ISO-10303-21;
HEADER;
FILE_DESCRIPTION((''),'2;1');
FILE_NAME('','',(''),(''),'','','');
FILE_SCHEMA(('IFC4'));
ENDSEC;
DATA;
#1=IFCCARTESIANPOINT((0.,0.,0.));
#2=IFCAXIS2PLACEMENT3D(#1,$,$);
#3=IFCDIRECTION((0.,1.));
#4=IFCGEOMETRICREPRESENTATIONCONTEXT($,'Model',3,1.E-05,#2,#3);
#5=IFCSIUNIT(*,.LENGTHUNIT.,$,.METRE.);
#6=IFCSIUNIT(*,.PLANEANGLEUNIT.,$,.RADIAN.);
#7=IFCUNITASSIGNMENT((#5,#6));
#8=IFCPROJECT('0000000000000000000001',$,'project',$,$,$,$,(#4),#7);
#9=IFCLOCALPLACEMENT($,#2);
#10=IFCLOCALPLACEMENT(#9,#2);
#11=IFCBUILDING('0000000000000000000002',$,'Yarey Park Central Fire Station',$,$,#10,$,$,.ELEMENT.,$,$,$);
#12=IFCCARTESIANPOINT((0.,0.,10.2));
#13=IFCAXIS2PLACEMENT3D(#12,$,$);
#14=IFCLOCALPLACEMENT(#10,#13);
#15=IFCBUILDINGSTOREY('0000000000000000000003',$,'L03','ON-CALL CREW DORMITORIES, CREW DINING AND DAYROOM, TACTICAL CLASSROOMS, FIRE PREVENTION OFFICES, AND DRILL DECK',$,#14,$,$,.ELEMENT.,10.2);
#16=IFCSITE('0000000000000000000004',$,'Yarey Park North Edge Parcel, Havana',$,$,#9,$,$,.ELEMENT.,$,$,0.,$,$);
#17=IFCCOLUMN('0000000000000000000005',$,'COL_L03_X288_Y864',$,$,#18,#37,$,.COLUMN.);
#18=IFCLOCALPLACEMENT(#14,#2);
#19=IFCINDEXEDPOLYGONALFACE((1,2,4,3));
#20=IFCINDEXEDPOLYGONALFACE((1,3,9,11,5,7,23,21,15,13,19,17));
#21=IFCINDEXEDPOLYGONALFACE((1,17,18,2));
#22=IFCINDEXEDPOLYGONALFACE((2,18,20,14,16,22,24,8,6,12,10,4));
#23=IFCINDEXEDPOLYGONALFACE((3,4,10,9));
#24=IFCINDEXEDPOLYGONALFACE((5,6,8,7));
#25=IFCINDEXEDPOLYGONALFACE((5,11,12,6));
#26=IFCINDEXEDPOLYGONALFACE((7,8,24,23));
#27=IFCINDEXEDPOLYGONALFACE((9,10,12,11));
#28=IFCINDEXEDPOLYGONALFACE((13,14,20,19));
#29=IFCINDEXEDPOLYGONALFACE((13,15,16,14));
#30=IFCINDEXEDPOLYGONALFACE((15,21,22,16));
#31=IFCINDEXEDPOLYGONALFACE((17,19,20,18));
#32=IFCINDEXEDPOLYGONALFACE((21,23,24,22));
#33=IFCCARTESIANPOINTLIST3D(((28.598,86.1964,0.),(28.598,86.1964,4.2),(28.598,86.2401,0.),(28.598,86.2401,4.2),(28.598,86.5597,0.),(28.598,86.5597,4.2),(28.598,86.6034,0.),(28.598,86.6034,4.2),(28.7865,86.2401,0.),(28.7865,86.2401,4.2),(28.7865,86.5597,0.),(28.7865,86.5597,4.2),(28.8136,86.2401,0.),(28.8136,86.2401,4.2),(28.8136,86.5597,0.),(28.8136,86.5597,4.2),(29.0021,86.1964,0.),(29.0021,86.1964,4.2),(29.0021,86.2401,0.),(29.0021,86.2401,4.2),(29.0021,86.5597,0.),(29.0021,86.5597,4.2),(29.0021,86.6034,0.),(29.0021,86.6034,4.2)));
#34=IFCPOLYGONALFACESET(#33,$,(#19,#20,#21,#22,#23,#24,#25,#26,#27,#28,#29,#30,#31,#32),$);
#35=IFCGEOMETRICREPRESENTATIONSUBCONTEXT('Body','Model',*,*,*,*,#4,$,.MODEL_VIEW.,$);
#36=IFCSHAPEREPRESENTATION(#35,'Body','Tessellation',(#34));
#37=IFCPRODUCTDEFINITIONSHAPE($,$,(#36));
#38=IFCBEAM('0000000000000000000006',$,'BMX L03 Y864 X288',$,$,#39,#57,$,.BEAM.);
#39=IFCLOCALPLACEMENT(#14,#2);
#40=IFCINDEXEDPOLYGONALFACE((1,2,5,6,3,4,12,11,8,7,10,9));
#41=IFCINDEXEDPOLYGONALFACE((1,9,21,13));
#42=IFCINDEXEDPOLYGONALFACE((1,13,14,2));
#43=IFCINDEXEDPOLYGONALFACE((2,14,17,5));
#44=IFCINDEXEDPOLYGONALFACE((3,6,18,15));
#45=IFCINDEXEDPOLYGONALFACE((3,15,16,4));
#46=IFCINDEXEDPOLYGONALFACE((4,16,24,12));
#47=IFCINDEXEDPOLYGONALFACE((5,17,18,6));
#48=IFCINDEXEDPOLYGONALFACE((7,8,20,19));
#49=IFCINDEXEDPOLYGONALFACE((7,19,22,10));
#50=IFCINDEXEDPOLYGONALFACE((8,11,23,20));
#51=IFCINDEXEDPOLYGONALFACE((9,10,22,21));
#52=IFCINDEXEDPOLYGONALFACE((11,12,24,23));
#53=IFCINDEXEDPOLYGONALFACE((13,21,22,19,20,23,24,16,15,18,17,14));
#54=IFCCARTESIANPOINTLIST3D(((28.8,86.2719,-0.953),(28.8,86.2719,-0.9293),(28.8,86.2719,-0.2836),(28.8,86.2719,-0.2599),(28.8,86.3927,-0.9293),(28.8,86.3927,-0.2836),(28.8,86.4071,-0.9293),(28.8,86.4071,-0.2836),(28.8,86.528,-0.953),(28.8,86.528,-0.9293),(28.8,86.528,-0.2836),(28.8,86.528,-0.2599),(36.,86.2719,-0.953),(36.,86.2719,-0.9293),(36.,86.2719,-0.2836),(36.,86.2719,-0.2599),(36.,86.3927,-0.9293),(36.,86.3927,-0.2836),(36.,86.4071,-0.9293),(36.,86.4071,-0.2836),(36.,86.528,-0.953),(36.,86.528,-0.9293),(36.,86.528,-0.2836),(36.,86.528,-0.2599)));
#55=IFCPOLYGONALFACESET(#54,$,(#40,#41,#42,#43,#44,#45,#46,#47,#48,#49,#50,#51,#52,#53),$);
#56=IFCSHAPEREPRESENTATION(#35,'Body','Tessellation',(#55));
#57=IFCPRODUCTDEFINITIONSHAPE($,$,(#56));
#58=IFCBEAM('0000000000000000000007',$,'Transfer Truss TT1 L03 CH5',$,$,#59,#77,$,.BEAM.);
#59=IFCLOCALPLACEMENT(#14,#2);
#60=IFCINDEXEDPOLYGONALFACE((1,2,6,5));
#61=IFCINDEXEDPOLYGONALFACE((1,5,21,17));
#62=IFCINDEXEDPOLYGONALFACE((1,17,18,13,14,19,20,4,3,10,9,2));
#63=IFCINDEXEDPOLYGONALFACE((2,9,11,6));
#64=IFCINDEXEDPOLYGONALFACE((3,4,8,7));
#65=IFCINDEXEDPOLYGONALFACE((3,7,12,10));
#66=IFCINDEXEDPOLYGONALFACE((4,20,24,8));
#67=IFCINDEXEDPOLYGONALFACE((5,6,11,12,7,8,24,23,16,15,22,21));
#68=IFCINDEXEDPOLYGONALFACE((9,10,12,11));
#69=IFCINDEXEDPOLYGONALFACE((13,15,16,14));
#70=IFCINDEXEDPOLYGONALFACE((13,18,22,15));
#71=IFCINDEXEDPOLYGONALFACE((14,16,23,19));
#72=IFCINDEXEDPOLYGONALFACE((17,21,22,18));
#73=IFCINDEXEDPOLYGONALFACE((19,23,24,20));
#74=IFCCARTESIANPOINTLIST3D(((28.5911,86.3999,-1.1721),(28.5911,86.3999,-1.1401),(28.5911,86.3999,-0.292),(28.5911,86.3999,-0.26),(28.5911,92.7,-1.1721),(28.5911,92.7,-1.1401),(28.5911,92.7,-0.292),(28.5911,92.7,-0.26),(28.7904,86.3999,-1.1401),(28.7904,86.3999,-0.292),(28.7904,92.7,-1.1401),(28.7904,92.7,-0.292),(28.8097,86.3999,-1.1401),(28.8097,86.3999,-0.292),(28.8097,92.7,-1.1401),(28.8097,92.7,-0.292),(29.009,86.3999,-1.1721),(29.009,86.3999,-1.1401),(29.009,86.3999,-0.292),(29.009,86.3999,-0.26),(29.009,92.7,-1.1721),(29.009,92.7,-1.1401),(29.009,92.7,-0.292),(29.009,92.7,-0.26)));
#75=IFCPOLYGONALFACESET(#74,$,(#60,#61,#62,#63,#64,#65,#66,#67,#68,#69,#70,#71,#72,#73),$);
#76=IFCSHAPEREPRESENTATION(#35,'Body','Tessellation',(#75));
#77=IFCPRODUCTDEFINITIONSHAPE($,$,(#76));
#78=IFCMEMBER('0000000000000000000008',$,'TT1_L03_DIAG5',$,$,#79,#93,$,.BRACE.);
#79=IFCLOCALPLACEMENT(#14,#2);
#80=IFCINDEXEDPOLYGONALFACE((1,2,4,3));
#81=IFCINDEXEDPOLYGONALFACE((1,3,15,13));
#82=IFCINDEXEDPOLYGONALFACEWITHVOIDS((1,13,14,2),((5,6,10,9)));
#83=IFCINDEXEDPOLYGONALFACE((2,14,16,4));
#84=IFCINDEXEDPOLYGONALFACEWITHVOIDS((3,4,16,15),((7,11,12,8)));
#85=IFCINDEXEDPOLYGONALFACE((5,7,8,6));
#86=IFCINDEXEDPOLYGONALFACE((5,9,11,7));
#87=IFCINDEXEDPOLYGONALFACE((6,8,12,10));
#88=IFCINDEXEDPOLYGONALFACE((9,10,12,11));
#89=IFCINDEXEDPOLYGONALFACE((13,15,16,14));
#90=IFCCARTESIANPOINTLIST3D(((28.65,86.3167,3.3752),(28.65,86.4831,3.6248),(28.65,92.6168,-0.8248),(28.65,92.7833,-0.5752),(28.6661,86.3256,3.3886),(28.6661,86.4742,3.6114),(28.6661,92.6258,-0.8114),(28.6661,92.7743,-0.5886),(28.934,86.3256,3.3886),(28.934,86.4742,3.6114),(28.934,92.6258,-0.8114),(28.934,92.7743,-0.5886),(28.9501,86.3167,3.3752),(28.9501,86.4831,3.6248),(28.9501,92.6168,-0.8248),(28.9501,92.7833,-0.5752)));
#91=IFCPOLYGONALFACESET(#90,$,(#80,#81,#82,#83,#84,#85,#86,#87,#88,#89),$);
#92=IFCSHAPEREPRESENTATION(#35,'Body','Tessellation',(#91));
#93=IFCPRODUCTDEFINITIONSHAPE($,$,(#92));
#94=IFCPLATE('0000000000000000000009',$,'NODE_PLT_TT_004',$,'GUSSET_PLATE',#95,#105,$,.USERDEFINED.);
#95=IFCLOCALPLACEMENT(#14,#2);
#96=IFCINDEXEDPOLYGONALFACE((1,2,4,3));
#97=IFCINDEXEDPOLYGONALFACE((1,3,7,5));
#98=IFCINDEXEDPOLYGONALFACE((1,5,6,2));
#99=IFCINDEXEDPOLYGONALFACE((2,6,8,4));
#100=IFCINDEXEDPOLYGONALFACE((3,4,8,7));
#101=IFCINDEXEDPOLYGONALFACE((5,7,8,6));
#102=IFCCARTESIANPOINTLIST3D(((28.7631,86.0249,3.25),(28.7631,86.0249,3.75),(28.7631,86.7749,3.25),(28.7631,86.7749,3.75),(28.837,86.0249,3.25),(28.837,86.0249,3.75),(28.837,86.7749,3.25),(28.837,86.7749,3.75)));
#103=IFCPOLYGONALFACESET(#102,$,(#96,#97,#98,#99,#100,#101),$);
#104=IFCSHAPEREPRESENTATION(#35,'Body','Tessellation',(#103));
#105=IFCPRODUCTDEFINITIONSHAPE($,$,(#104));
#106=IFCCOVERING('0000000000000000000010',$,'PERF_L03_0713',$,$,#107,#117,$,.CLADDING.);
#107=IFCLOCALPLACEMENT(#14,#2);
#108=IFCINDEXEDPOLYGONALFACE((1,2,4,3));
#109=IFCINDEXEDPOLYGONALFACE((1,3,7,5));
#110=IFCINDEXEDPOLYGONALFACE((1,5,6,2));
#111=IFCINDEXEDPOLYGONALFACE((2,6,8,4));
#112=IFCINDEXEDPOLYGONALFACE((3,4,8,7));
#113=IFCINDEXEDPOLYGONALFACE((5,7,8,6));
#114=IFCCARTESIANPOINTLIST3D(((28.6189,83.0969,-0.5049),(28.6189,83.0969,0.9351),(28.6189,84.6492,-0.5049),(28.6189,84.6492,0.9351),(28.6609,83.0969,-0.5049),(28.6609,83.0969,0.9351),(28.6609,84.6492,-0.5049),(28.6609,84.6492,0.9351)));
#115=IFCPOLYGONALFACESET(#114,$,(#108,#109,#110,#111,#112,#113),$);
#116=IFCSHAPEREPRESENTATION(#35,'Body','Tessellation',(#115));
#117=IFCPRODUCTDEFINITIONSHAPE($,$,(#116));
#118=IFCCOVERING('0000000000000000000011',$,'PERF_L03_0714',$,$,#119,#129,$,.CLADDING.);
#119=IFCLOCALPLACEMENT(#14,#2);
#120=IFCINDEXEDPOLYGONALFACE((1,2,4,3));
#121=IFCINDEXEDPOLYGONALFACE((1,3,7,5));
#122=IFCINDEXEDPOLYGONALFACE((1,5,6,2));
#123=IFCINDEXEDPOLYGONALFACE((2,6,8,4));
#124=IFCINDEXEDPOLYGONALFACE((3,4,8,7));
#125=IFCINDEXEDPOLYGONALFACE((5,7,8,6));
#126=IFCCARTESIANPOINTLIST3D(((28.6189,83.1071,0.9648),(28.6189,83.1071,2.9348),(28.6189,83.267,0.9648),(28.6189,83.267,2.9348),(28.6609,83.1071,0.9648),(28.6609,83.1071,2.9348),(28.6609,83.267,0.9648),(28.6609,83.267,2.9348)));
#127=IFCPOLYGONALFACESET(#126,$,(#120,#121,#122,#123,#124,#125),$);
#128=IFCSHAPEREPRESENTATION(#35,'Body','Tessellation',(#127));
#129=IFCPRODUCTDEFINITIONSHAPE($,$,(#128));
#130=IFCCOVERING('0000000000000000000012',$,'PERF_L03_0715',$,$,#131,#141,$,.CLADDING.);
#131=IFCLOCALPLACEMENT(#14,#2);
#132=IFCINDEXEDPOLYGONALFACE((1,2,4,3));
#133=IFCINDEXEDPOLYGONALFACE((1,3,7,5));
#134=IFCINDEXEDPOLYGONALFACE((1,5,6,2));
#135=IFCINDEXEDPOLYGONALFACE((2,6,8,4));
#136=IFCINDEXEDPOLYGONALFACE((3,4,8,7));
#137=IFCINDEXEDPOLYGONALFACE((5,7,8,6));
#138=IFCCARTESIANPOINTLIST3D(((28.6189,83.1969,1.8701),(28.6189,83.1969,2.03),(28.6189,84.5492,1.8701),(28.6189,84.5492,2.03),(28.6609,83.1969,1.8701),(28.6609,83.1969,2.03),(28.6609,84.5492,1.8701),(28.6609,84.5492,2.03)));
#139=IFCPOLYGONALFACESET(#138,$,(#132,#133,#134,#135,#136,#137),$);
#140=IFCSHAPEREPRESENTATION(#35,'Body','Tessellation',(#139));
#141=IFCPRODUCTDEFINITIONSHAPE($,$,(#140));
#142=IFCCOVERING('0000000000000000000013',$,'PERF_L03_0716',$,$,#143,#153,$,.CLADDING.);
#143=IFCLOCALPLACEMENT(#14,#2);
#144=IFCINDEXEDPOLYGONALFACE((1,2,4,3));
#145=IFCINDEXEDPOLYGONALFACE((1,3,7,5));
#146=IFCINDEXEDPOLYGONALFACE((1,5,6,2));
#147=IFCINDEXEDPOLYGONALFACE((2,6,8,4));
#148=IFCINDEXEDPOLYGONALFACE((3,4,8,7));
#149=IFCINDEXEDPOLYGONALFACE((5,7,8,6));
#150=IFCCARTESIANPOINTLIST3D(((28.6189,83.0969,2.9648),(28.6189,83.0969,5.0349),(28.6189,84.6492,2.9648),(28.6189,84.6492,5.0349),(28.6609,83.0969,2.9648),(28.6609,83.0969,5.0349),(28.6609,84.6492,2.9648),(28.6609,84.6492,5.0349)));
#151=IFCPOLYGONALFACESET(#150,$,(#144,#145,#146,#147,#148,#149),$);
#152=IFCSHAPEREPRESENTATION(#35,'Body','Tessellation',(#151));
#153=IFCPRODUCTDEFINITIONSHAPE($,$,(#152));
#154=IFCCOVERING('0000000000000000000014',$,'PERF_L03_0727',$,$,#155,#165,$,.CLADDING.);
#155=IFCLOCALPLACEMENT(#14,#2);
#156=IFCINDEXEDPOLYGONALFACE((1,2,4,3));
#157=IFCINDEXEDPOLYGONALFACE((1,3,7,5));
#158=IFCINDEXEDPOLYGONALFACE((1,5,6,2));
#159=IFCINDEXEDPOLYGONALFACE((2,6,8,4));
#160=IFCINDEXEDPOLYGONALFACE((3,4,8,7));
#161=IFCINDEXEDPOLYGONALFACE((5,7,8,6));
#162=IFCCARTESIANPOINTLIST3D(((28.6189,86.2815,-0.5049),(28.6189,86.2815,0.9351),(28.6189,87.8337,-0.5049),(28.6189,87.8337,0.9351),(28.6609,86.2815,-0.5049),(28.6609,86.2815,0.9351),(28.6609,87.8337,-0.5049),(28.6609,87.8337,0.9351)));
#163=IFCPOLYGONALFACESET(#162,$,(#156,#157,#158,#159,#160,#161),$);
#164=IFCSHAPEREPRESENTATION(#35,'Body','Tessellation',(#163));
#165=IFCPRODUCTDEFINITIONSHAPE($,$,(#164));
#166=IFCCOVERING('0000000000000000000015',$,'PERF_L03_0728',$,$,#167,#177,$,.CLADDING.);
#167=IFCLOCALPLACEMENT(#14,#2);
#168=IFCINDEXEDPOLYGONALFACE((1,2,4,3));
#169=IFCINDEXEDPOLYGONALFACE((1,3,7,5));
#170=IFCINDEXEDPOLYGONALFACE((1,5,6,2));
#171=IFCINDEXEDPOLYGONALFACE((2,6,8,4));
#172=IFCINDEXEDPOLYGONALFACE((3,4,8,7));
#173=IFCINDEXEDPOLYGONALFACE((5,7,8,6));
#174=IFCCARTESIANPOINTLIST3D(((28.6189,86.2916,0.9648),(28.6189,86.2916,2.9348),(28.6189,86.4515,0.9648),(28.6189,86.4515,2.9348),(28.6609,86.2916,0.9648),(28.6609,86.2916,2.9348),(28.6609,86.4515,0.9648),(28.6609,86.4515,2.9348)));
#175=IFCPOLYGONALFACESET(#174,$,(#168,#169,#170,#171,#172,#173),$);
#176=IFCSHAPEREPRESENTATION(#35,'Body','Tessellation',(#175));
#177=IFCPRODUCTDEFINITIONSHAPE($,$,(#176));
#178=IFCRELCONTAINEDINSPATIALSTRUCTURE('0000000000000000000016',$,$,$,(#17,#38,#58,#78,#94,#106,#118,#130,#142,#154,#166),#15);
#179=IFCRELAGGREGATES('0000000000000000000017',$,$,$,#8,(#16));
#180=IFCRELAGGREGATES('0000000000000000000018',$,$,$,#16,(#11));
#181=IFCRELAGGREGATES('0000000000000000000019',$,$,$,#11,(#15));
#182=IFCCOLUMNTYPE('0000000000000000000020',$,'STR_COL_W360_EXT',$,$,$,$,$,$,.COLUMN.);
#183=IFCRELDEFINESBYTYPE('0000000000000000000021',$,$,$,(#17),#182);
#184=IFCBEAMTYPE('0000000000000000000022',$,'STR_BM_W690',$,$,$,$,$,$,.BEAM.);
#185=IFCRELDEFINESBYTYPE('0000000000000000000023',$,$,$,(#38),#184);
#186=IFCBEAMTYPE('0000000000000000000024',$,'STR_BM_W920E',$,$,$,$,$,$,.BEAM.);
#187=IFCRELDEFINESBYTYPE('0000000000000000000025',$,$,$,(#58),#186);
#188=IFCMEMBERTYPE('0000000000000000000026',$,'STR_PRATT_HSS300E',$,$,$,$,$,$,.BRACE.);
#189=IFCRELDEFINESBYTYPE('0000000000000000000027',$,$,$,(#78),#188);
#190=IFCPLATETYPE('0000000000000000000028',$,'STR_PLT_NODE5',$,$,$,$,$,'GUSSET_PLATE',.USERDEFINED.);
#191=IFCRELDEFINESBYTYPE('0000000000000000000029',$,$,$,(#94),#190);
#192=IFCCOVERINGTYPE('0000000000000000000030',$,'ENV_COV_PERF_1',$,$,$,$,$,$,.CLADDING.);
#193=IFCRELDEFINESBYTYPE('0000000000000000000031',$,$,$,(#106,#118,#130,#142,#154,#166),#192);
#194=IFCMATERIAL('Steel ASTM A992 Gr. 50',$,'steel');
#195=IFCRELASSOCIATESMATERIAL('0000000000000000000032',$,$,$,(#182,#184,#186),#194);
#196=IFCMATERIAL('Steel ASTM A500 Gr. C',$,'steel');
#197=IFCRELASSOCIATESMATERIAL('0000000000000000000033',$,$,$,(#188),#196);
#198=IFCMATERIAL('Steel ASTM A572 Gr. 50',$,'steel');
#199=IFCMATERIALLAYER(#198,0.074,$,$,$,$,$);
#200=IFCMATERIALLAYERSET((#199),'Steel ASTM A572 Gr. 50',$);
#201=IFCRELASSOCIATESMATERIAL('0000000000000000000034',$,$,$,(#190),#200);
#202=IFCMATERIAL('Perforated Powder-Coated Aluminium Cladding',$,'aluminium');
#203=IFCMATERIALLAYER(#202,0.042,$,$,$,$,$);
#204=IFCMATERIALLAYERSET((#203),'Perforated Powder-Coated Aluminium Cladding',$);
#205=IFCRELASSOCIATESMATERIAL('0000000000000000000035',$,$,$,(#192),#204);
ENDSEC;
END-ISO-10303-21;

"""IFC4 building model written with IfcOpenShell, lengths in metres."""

from ifc_helpers import new_model, si_unit, direction, frame, origin, origin_2d, place, context, subcontext, project, spatial, rectangle, hollow_rectangle, i_section, extrude, material, layer, layer_set, material_profile, profile_set, type_object, element, save


model = new_model("IFC4")

# Units and contexts
model_context = context("Model", 3, precision=1e-05, world=origin(), true_north=direction((0.0, 1.0)))
body_context = subcontext(model_context, "Body", "Model", "MODEL_VIEW")
ifc_project = project(units=[si_unit("LENGTHUNIT", "METRE"), si_unit("PLANEANGLEUNIT", "RADIAN")], contexts=[model_context])

# Site, building, storey
site_placement = place(None, origin())
site = spatial("IfcSite", under=ifc_project, at=site_placement, Name="Yarey Park North Edge Parcel, Havana", CompositionType="ELEMENT", RefElevation=0.0)
building_placement = place(site_placement, origin())
building = spatial("IfcBuilding", under=site, at=building_placement, Name="Yarey Park Central Fire Station", CompositionType="ELEMENT")
storey_placement = place(building_placement, frame((0.0, 0.0, 10.2)))
storey = spatial("IfcBuildingStorey", under=building, at=storey_placement, Name="L03", Description="ON-CALL CREW DORMITORIES, CREW DINING AND DAYROOM, TACTICAL CLASSROOMS, FIRE PREVENTION OFFICES, AND DRILL DECK", CompositionType="ELEMENT", Elevation=10.2)

# Column
ifc_material_1 = material(Name="Steel ASTM A992 Gr. 50", Category="steel")
ifc_material_profile_1 = material_profile(ifc_material_1, i_section(OverallWidth=0.4041, OverallDepth=0.407, WebThickness=0.0271, FlangeThickness=0.0437, at=origin_2d()), Name="W360x347")
ifc_profile_set_1 = profile_set([ifc_material_profile_1], Name="Steel ASTM A992 Gr. 50")
column_type = type_object("IfcColumnType", Name="STR_COL_W360_EXT", PredefinedType="COLUMN", material=ifc_profile_set_1)
column_placement = place(storey_placement, frame((28.8, 86.3999, 0.0), z_axis=(0.0, 0.0, 1.0), x_axis=(1.0, 0.0, 0.0)))
element("IfcColumn", 1, at=column_placement, inside=storey, type_object=column_type, Name="COL_L03_X288_Y864", PredefinedType="COLUMN", context=body_context, shape_type="SweptSolid", body=[
    extrude(i_section(OverallWidth=0.4041, OverallDepth=0.407, WebThickness=0.0271, FlangeThickness=0.0437, at=origin_2d()), origin(), (0.0, 0.0, 1.0), 4.2),
])

# Beams
ifc_material_profile_2 = material_profile(ifc_material_1, i_section(OverallWidth=0.2561, OverallDepth=0.6931, WebThickness=0.0144, FlangeThickness=0.0237, at=origin_2d()), Name="W690x170")
ifc_profile_set_2 = profile_set([ifc_material_profile_2], Name="Steel ASTM A992 Gr. 50")
beam_type_1 = type_object("IfcBeamType", Name="STR_BM_W690", PredefinedType="BEAM", material=ifc_profile_set_2)
beam_1_placement = place(storey_placement, frame((28.8, 86.3999, -0.6064), z_axis=(1.0, 0.0, 0.0), x_axis=(0.0, 1.0, 0.0)))
element("IfcBeam", 2, at=beam_1_placement, inside=storey, type_object=beam_type_1, Name="BMX L03 Y864 X288", PredefinedType="BEAM", context=body_context, shape_type="SweptSolid", body=[
    extrude(i_section(OverallWidth=0.2561, OverallDepth=0.6931, WebThickness=0.0144, FlangeThickness=0.0237, at=origin_2d()), origin(), (0.0, 0.0, 1.0), 7.2),
])
ifc_material_profile_3 = material_profile(ifc_material_1, i_section(OverallWidth=0.418, OverallDepth=0.9121, WebThickness=0.0193, FlangeThickness=0.032, at=origin_2d()), Name="W920x342")
ifc_profile_set_3 = profile_set([ifc_material_profile_3], Name="Steel ASTM A992 Gr. 50")
beam_type_2 = type_object("IfcBeamType", Name="STR_BM_W920E", PredefinedType="BEAM", material=ifc_profile_set_3)
beam_2_placement = place(storey_placement, frame((28.8, 86.3999, -0.7161), z_axis=(0.0, 1.0, 0.0), x_axis=(-1.0, 0.0, 0.0)))
element("IfcBeam", 3, at=beam_2_placement, inside=storey, type_object=beam_type_2, Name="Transfer Truss TT1 L03 CH5", PredefinedType="BEAM", context=body_context, shape_type="SweptSolid", body=[
    extrude(i_section(OverallWidth=0.418, OverallDepth=0.9121, WebThickness=0.0193, FlangeThickness=0.032, at=origin_2d()), origin(), (0.0, 0.0, 1.0), 6.3),
])

# Member
ifc_material_2 = material(Name="Steel ASTM A500 Gr. C", Category="steel")
ifc_material_profile_4 = material_profile(ifc_material_2, hollow_rectangle(XDim=0.3, YDim=0.3, WallThickness=0.0161, at=origin_2d()), Name="HSS 300x300x16")
ifc_profile_set_4 = profile_set([ifc_material_profile_4], Name="Steel ASTM A500 Gr. C")
member_type = type_object("IfcMemberType", Name="STR_PRATT_HSS300E", PredefinedType="BRACE", material=ifc_profile_set_4)
member_placement = place(storey_placement, frame((28.8, 86.3999, 3.5), z_axis=(0.0, 0.832055, -0.554693), x_axis=(-1.0, 0.0, 0.0)))
element("IfcMember", 4, at=member_placement, inside=storey, type_object=member_type, Name="TT1_L03_DIAG5", PredefinedType="BRACE", context=body_context, shape_type="SweptSolid", body=[
    extrude(hollow_rectangle(XDim=0.3, YDim=0.3, WallThickness=0.0161, at=origin_2d()), origin(), (0.0, 0.0, 1.0), 7.5718),
])

# Plate
ifc_material_3 = material(Name="Steel ASTM A572 Gr. 50", Category="steel")
ifc_layer_1 = layer(ifc_material_3, 0.074)
ifc_layer_set_1 = layer_set([ifc_layer_1], Name="Steel ASTM A572 Gr. 50")
plate_type = type_object("IfcPlateType", Name="STR_PLT_NODE5", ElementType="GUSSET_PLATE", PredefinedType="USERDEFINED", material=ifc_layer_set_1)
plate_placement = place(storey_placement, frame((28.8, 86.3999, 3.25), z_axis=(0.0, 0.0, 1.0), x_axis=(1.0, 0.0, 0.0)))
element("IfcPlate", 5, at=plate_placement, inside=storey, type_object=plate_type, Name="NODE_PLT_TT_004", ObjectType="GUSSET_PLATE", PredefinedType="USERDEFINED", context=body_context, shape_type="SweptSolid", body=[
    extrude(rectangle(XDim=0.074, YDim=0.75, at=origin_2d()), origin(), (0.0, 0.0, 1.0), 0.5),
])

# Coverings
ifc_material_4 = material(Name="Perforated Powder-Coated Aluminium Cladding", Category="aluminium")
ifc_layer_2 = layer(ifc_material_4, 0.042)
ifc_layer_set_2 = layer_set([ifc_layer_2], Name="Perforated Powder-Coated Aluminium Cladding")
covering_type_1 = type_object("IfcCoveringType", Name="ENV_COV_PERF_1", PredefinedType="CLADDING", material=ifc_layer_set_2)
covering_1_placement = place(storey_placement, frame((28.6399, 83.873, -0.5049), z_axis=(0.0, 0.0, 1.0), x_axis=(0.0, 1.0, 0.0)))
element("IfcCovering", 6, at=covering_1_placement, inside=storey, type_object=covering_type_1, Name="PERF_L03_0713", PredefinedType="CLADDING", context=body_context, shape_type="SweptSolid", body=[
    extrude(rectangle(XDim=1.5522, YDim=0.042, at=origin_2d()), origin(), (0.0, 0.0, 1.0), 1.4399),
])
covering_2_placement = place(storey_placement, frame((28.6399, 83.187, 0.9648), z_axis=(0.0, 0.0, 1.0), x_axis=(0.0, 1.0, 0.0)))
element("IfcCovering", 7, at=covering_2_placement, inside=storey, type_object=covering_type_1, Name="PERF_L03_0714", PredefinedType="CLADDING", context=body_context, shape_type="SweptSolid", body=[
    extrude(rectangle(XDim=0.1599, YDim=0.042, at=origin_2d()), origin(), (0.0, 0.0, 1.0), 1.97),
])
covering_3_placement = place(storey_placement, frame((28.6399, 83.873, 1.8701), z_axis=(0.0, 0.0, 1.0), x_axis=(0.0, 1.0, 0.0)))
element("IfcCovering", 8, at=covering_3_placement, inside=storey, type_object=covering_type_1, Name="PERF_L03_0715", PredefinedType="CLADDING", context=body_context, shape_type="SweptSolid", body=[
    extrude(rectangle(XDim=1.3523, YDim=0.042, at=origin_2d()), origin(), (0.0, 0.0, 1.0), 0.1599),
])
covering_4_placement = place(storey_placement, frame((28.6399, 83.873, 2.9648), z_axis=(0.0, 0.0, 1.0), x_axis=(0.0, 1.0, 0.0)))
element("IfcCovering", 9, at=covering_4_placement, inside=storey, type_object=covering_type_1, Name="PERF_L03_0716", PredefinedType="CLADDING", context=body_context, shape_type="SweptSolid", body=[
    extrude(rectangle(XDim=1.5522, YDim=0.042, at=origin_2d()), origin(), (0.0, 0.0, 1.0), 2.0701),
])
covering_5_placement = place(storey_placement, frame((28.6399, 87.0576, -0.5049), z_axis=(0.0, 0.0, 1.0), x_axis=(0.0, 1.0, 0.0)))
element("IfcCovering", 10, at=covering_5_placement, inside=storey, type_object=covering_type_1, Name="PERF_L03_0727", PredefinedType="CLADDING", context=body_context, shape_type="SweptSolid", body=[
    extrude(rectangle(XDim=1.5522, YDim=0.042, at=origin_2d()), origin(), (0.0, 0.0, 1.0), 1.4399),
])
covering_6_placement = place(storey_placement, frame((28.6399, 86.3716, 0.9648), z_axis=(0.0, 0.0, 1.0), x_axis=(0.0, 1.0, 0.0)))
element("IfcCovering", 11, at=covering_6_placement, inside=storey, type_object=covering_type_1, Name="PERF_L03_0728", PredefinedType="CLADDING", context=body_context, shape_type="SweptSolid", body=[
    extrude(rectangle(XDim=0.1599, YDim=0.042, at=origin_2d()), origin(), (0.0, 0.0, 1.0), 1.97),
])

save(model, "model.ifc")
